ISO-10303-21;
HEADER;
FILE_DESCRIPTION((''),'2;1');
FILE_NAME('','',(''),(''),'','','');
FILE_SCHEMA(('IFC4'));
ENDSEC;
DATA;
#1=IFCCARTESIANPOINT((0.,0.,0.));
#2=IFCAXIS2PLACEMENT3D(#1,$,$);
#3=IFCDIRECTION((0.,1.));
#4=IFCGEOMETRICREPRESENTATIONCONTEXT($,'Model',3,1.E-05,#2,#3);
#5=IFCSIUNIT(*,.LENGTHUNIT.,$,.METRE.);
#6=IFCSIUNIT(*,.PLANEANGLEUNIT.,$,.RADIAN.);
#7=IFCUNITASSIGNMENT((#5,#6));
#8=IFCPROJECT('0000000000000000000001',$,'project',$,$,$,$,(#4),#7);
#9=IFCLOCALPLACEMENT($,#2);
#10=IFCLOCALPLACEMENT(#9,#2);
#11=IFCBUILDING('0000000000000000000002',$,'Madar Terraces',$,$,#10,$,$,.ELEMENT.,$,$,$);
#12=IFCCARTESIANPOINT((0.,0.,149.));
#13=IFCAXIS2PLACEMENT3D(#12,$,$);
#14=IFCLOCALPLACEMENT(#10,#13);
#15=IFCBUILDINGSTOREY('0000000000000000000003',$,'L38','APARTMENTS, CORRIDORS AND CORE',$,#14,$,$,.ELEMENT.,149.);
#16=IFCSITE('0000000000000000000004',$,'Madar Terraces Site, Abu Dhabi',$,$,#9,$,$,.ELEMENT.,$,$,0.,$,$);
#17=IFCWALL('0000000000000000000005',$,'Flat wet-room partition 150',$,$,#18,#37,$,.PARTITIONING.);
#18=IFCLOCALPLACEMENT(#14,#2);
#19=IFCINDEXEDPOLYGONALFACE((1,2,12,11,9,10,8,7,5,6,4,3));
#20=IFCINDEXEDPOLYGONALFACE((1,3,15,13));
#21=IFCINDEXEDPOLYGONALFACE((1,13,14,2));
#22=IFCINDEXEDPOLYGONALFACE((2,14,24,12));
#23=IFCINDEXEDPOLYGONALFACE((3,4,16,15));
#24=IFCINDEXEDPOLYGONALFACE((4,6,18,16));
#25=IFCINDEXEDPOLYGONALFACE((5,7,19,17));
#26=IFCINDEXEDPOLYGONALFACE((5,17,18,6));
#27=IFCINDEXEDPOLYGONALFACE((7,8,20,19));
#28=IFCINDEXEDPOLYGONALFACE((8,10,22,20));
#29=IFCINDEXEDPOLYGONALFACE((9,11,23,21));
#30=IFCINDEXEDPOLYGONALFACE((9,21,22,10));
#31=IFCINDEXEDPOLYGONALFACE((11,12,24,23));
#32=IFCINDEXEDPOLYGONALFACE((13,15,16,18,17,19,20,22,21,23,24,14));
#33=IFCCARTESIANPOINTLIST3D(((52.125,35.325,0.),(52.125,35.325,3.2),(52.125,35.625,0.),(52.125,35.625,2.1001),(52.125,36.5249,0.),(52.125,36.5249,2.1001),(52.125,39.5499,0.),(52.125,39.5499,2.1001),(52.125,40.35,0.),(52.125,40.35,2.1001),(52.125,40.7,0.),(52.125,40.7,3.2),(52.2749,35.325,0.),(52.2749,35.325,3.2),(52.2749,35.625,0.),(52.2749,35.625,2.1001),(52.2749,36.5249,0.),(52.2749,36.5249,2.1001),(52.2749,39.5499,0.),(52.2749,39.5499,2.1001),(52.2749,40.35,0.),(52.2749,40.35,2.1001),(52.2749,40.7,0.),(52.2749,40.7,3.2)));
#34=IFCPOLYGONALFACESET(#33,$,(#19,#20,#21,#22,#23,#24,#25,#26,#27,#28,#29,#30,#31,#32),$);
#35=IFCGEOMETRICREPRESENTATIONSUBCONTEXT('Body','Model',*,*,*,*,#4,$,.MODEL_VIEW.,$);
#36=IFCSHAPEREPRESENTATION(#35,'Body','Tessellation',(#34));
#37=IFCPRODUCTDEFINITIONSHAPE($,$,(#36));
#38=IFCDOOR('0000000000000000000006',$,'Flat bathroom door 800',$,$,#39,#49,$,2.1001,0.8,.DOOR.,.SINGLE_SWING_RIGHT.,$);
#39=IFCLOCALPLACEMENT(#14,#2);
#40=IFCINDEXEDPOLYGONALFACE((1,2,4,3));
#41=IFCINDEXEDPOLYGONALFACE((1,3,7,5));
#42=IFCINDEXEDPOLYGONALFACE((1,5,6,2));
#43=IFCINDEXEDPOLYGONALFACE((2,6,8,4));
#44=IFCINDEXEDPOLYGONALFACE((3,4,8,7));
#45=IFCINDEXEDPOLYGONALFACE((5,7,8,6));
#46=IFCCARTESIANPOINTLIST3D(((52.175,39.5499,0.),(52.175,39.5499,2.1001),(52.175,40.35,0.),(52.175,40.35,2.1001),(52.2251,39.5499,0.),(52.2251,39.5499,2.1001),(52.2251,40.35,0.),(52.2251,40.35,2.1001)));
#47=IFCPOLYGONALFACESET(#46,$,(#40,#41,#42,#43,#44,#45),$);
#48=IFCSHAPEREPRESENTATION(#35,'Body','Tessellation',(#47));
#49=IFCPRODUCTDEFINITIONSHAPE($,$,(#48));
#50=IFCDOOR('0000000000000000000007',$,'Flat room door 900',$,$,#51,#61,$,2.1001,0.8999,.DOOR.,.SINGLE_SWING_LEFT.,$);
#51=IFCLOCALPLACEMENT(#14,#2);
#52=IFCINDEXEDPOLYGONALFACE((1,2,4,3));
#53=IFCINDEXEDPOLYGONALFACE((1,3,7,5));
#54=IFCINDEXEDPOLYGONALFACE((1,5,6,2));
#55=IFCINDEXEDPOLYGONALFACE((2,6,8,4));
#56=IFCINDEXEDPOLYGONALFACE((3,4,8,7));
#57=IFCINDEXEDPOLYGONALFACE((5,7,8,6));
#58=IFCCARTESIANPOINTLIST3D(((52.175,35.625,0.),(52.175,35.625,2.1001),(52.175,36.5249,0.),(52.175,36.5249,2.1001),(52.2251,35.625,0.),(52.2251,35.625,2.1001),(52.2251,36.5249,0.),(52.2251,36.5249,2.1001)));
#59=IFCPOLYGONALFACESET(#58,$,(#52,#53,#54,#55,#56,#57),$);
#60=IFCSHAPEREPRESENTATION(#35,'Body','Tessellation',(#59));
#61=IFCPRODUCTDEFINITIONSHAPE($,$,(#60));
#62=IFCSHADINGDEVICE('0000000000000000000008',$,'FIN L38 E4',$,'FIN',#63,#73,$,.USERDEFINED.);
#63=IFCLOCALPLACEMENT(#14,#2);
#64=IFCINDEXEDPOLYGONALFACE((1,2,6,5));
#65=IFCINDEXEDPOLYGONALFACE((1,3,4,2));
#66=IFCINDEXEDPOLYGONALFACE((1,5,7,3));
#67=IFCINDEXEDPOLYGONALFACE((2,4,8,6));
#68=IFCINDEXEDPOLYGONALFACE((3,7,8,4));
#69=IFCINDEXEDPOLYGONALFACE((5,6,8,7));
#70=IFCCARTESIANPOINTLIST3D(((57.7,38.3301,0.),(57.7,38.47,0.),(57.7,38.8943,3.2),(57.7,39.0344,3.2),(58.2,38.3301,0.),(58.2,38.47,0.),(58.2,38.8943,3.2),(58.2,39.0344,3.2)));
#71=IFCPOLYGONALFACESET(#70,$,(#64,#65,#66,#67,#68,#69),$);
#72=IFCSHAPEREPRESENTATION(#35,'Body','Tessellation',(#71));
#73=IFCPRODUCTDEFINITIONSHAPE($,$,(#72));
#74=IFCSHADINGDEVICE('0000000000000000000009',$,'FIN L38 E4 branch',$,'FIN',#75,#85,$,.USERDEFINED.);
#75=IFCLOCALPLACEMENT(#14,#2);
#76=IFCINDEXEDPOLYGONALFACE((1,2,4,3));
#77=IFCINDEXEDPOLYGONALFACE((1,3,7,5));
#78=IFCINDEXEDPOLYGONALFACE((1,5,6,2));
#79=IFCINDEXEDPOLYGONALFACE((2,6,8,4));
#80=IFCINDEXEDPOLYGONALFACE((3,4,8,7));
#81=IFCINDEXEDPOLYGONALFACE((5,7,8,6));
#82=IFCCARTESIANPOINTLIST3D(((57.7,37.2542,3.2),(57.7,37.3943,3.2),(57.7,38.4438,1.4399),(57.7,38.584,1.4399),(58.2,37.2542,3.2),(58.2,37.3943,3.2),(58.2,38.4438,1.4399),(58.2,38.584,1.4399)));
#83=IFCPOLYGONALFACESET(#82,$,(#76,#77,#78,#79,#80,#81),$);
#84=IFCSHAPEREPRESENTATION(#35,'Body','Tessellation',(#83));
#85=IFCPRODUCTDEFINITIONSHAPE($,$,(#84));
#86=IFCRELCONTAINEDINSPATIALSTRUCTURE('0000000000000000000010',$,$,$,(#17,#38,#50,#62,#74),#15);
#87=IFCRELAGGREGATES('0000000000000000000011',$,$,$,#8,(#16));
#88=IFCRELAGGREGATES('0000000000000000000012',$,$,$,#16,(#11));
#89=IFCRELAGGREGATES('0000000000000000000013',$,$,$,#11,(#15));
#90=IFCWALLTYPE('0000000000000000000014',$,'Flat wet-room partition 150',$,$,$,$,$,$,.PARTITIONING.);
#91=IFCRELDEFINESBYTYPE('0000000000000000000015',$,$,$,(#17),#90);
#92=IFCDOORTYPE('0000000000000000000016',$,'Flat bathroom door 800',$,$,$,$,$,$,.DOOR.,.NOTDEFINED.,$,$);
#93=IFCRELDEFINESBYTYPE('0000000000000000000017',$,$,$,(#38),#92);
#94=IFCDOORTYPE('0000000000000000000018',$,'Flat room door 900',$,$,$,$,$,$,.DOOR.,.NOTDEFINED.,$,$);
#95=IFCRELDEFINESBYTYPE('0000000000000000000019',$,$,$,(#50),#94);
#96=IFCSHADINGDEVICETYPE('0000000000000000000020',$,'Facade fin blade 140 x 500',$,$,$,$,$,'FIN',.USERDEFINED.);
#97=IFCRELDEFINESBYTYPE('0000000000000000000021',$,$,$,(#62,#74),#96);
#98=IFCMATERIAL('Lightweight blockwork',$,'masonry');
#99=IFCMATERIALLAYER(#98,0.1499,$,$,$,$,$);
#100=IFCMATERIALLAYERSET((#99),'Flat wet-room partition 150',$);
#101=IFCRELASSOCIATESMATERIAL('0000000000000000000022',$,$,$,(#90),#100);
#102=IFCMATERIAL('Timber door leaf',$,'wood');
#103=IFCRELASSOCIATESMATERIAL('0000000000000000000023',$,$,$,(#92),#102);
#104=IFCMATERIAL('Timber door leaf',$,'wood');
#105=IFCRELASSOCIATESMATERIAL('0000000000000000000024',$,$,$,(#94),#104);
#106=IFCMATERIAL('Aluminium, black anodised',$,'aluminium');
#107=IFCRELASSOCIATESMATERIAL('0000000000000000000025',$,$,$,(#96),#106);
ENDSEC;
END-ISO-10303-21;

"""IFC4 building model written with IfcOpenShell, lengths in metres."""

from ifc_helpers import new_model, si_unit, direction, frame, frame_2d, origin, place, context, subcontext, project, spatial, polyline, rectangle, outline, extrude, material, layer, layer_set, type_object, element, fill, save


model = new_model("IFC4")

# Units and contexts
model_context = context("Model", 3, precision=1e-05, world=origin(), true_north=direction((0.0, 1.0)))
body_context = subcontext(model_context, "Body", "Model", "MODEL_VIEW")
ifc_project = project(units=[si_unit("LENGTHUNIT", "METRE"), si_unit("PLANEANGLEUNIT", "RADIAN")], contexts=[model_context])

# Site, building, storey
site_placement = place(None, origin())
site = spatial("IfcSite", under=ifc_project, at=site_placement, Name="Madar Terraces Site, Abu Dhabi", CompositionType="ELEMENT", RefElevation=0.0)
building_placement = place(site_placement, origin())
building = spatial("IfcBuilding", under=site, at=building_placement, Name="Madar Terraces", CompositionType="ELEMENT")
storey_placement = place(building_placement, frame((0.0, 0.0, 149.0)))
storey = spatial("IfcBuildingStorey", under=building, at=storey_placement, Name="L38", Description="APARTMENTS, CORRIDORS AND CORE", CompositionType="ELEMENT", Elevation=149.0)

# Shared definitions
ifc_material_1 = material(Name="Lightweight blockwork", Category="masonry")
ifc_layer_1 = layer(ifc_material_1, 0.1499)
ifc_layer_set_1 = layer_set([ifc_layer_1], Name="Flat wet-room partition 150")
wall_type_1 = type_object("IfcWallType", Name="Flat wet-room partition 150", PredefinedType="PARTITIONING", material=ifc_layer_set_1)

# Wall, openings, doors
wall_1_placement = place(storey_placement, frame((52.2, 35.325, 0.0), z_axis=(0.0, 0.0, 1.0), x_axis=(0.0, 1.0, 0.0)))
wall_1 = element("IfcWall", 1, at=wall_1_placement, inside=storey, type_object=wall_type_1, Name="Flat wet-room partition 150", PredefinedType="PARTITIONING", context=body_context, shape_type="SweptSolid", body=[
    extrude(rectangle(XDim=5.375, YDim=0.1499, at=frame_2d((2.6875, 0.0))), origin(), (0.0, 0.0, 1.0), 3.2),
])
opening_1_placement = place(wall_1_placement, frame((0.3, 0.0, 0.0)))
opening_1 = element("IfcOpeningElement", 2, at=opening_1_placement, cuts=wall_1, PredefinedType="OPENING", context=body_context, shape_type="SweptSolid", body=[
    extrude(rectangle(XDim=0.8999, YDim=2.1001, at=frame_2d((0.45, 1.05))), frame((0.0, 0.085, 0.0), z_axis=(0.0, -1.0, 0.0), x_axis=(1.0, 0.0, 0.0)), (0.0, 0.0, 1.0), 0.1699),
])
opening_2_placement = place(wall_1_placement, frame((4.2251, 0.0, 0.0)))
opening_2 = element("IfcOpeningElement", 3, at=opening_2_placement, cuts=wall_1, PredefinedType="OPENING", context=body_context, shape_type="SweptSolid", body=[
    extrude(rectangle(XDim=0.8, YDim=2.1001, at=frame_2d((0.3999, 1.05))), frame((0.0, 0.085, 0.0), z_axis=(0.0, -1.0, 0.0), x_axis=(1.0, 0.0, 0.0)), (0.0, 0.0, 1.0), 0.1699),
])
ifc_material_2 = material(Name="Timber door leaf", Category="wood")
door_type_1 = type_object("IfcDoorType", Name="Flat bathroom door 800", OperationType="NOTDEFINED", PredefinedType="DOOR", material=ifc_material_2)
door_1_placement = place(opening_2_placement, origin())
door_1 = element("IfcDoor", 4, at=door_1_placement, inside=storey, type_object=door_type_1, Name="Flat bathroom door 800", OperationType="SINGLE_SWING_RIGHT", OverallHeight=2.1001, OverallWidth=0.8, PredefinedType="DOOR", context=body_context, shape_type="SweptSolid", body=[
    extrude(rectangle(XDim=0.8, YDim=2.1001, at=frame_2d((0.3999, 1.05))), frame((0.0, 0.0249, 0.0), z_axis=(0.0, -1.0, 0.0), x_axis=(1.0, 0.0, 0.0)), (0.0, 0.0, 1.0), 0.05),
])
fill(opening_2, door_1)
ifc_material_3 = material(Name="Timber door leaf", Category="wood")
door_type_2 = type_object("IfcDoorType", Name="Flat room door 900", OperationType="NOTDEFINED", PredefinedType="DOOR", material=ifc_material_3)
door_2_placement = place(opening_1_placement, origin())
door_2 = element("IfcDoor", 5, at=door_2_placement, inside=storey, type_object=door_type_2, Name="Flat room door 900", OperationType="SINGLE_SWING_LEFT", OverallHeight=2.1001, OverallWidth=0.8999, PredefinedType="DOOR", context=body_context, shape_type="SweptSolid", body=[
    extrude(rectangle(XDim=0.8999, YDim=2.1001, at=frame_2d((0.45, 1.05))), frame((0.0, 0.0249, 0.0), z_axis=(0.0, -1.0, 0.0), x_axis=(1.0, 0.0, 0.0)), (0.0, 0.0, 1.0), 0.05),
])
fill(opening_1, door_2)

# Shading devices
ifc_material_4 = material(Name="Aluminium, black anodised", Category="aluminium")
shading_device_type = type_object("IfcShadingDeviceType", Name="Facade fin blade 140 x 500", ElementType="FIN", PredefinedType="USERDEFINED", material=ifc_material_4)
shading_device_1_placement = place(storey_placement, frame((57.95, 38.3301, 0.0), z_axis=(0.0, 0.0, 1.0), x_axis=(0.0, 1.0, 0.0)))
element("IfcShadingDevice", 6, at=shading_device_1_placement, inside=storey, type_object=shading_device_type, Name="FIN L38 E4", ObjectType="FIN", PredefinedType="USERDEFINED", context=body_context, shape_type="SweptSolid", body=[
    extrude(outline(polyline([(0.0, 0.0), (0.1399, 0.0), (0.7043, 3.2), (0.5642, 3.2), (0.0, 0.0)])), frame((0.0, 0.25, 0.0), z_axis=(0.0, -1.0, 0.0), x_axis=(1.0, 0.0, 0.0)), (0.0, 0.0, 1.0), 0.5),
])
shading_device_2_placement = place(storey_placement, frame((57.95, 38.4438, 1.4399), z_axis=(0.0, 0.0, 1.0), x_axis=(0.0, 1.0, 0.0)))
element("IfcShadingDevice", 7, at=shading_device_2_placement, inside=storey, type_object=shading_device_type, Name="FIN L38 E4 branch", ObjectType="FIN", PredefinedType="USERDEFINED", context=body_context, shape_type="SweptSolid", body=[
    extrude(outline(polyline([(0.0, 0.0), (0.1401, 0.0), (-1.0496, 1.76), (-1.1897, 1.76), (0.0, 0.0)])), frame((0.0, 0.25, 0.0), z_axis=(0.0, -1.0, 0.0), x_axis=(1.0, 0.0, 0.0)), (0.0, 0.0, 1.0), 0.5),
])

save(model, "model.ifc")
